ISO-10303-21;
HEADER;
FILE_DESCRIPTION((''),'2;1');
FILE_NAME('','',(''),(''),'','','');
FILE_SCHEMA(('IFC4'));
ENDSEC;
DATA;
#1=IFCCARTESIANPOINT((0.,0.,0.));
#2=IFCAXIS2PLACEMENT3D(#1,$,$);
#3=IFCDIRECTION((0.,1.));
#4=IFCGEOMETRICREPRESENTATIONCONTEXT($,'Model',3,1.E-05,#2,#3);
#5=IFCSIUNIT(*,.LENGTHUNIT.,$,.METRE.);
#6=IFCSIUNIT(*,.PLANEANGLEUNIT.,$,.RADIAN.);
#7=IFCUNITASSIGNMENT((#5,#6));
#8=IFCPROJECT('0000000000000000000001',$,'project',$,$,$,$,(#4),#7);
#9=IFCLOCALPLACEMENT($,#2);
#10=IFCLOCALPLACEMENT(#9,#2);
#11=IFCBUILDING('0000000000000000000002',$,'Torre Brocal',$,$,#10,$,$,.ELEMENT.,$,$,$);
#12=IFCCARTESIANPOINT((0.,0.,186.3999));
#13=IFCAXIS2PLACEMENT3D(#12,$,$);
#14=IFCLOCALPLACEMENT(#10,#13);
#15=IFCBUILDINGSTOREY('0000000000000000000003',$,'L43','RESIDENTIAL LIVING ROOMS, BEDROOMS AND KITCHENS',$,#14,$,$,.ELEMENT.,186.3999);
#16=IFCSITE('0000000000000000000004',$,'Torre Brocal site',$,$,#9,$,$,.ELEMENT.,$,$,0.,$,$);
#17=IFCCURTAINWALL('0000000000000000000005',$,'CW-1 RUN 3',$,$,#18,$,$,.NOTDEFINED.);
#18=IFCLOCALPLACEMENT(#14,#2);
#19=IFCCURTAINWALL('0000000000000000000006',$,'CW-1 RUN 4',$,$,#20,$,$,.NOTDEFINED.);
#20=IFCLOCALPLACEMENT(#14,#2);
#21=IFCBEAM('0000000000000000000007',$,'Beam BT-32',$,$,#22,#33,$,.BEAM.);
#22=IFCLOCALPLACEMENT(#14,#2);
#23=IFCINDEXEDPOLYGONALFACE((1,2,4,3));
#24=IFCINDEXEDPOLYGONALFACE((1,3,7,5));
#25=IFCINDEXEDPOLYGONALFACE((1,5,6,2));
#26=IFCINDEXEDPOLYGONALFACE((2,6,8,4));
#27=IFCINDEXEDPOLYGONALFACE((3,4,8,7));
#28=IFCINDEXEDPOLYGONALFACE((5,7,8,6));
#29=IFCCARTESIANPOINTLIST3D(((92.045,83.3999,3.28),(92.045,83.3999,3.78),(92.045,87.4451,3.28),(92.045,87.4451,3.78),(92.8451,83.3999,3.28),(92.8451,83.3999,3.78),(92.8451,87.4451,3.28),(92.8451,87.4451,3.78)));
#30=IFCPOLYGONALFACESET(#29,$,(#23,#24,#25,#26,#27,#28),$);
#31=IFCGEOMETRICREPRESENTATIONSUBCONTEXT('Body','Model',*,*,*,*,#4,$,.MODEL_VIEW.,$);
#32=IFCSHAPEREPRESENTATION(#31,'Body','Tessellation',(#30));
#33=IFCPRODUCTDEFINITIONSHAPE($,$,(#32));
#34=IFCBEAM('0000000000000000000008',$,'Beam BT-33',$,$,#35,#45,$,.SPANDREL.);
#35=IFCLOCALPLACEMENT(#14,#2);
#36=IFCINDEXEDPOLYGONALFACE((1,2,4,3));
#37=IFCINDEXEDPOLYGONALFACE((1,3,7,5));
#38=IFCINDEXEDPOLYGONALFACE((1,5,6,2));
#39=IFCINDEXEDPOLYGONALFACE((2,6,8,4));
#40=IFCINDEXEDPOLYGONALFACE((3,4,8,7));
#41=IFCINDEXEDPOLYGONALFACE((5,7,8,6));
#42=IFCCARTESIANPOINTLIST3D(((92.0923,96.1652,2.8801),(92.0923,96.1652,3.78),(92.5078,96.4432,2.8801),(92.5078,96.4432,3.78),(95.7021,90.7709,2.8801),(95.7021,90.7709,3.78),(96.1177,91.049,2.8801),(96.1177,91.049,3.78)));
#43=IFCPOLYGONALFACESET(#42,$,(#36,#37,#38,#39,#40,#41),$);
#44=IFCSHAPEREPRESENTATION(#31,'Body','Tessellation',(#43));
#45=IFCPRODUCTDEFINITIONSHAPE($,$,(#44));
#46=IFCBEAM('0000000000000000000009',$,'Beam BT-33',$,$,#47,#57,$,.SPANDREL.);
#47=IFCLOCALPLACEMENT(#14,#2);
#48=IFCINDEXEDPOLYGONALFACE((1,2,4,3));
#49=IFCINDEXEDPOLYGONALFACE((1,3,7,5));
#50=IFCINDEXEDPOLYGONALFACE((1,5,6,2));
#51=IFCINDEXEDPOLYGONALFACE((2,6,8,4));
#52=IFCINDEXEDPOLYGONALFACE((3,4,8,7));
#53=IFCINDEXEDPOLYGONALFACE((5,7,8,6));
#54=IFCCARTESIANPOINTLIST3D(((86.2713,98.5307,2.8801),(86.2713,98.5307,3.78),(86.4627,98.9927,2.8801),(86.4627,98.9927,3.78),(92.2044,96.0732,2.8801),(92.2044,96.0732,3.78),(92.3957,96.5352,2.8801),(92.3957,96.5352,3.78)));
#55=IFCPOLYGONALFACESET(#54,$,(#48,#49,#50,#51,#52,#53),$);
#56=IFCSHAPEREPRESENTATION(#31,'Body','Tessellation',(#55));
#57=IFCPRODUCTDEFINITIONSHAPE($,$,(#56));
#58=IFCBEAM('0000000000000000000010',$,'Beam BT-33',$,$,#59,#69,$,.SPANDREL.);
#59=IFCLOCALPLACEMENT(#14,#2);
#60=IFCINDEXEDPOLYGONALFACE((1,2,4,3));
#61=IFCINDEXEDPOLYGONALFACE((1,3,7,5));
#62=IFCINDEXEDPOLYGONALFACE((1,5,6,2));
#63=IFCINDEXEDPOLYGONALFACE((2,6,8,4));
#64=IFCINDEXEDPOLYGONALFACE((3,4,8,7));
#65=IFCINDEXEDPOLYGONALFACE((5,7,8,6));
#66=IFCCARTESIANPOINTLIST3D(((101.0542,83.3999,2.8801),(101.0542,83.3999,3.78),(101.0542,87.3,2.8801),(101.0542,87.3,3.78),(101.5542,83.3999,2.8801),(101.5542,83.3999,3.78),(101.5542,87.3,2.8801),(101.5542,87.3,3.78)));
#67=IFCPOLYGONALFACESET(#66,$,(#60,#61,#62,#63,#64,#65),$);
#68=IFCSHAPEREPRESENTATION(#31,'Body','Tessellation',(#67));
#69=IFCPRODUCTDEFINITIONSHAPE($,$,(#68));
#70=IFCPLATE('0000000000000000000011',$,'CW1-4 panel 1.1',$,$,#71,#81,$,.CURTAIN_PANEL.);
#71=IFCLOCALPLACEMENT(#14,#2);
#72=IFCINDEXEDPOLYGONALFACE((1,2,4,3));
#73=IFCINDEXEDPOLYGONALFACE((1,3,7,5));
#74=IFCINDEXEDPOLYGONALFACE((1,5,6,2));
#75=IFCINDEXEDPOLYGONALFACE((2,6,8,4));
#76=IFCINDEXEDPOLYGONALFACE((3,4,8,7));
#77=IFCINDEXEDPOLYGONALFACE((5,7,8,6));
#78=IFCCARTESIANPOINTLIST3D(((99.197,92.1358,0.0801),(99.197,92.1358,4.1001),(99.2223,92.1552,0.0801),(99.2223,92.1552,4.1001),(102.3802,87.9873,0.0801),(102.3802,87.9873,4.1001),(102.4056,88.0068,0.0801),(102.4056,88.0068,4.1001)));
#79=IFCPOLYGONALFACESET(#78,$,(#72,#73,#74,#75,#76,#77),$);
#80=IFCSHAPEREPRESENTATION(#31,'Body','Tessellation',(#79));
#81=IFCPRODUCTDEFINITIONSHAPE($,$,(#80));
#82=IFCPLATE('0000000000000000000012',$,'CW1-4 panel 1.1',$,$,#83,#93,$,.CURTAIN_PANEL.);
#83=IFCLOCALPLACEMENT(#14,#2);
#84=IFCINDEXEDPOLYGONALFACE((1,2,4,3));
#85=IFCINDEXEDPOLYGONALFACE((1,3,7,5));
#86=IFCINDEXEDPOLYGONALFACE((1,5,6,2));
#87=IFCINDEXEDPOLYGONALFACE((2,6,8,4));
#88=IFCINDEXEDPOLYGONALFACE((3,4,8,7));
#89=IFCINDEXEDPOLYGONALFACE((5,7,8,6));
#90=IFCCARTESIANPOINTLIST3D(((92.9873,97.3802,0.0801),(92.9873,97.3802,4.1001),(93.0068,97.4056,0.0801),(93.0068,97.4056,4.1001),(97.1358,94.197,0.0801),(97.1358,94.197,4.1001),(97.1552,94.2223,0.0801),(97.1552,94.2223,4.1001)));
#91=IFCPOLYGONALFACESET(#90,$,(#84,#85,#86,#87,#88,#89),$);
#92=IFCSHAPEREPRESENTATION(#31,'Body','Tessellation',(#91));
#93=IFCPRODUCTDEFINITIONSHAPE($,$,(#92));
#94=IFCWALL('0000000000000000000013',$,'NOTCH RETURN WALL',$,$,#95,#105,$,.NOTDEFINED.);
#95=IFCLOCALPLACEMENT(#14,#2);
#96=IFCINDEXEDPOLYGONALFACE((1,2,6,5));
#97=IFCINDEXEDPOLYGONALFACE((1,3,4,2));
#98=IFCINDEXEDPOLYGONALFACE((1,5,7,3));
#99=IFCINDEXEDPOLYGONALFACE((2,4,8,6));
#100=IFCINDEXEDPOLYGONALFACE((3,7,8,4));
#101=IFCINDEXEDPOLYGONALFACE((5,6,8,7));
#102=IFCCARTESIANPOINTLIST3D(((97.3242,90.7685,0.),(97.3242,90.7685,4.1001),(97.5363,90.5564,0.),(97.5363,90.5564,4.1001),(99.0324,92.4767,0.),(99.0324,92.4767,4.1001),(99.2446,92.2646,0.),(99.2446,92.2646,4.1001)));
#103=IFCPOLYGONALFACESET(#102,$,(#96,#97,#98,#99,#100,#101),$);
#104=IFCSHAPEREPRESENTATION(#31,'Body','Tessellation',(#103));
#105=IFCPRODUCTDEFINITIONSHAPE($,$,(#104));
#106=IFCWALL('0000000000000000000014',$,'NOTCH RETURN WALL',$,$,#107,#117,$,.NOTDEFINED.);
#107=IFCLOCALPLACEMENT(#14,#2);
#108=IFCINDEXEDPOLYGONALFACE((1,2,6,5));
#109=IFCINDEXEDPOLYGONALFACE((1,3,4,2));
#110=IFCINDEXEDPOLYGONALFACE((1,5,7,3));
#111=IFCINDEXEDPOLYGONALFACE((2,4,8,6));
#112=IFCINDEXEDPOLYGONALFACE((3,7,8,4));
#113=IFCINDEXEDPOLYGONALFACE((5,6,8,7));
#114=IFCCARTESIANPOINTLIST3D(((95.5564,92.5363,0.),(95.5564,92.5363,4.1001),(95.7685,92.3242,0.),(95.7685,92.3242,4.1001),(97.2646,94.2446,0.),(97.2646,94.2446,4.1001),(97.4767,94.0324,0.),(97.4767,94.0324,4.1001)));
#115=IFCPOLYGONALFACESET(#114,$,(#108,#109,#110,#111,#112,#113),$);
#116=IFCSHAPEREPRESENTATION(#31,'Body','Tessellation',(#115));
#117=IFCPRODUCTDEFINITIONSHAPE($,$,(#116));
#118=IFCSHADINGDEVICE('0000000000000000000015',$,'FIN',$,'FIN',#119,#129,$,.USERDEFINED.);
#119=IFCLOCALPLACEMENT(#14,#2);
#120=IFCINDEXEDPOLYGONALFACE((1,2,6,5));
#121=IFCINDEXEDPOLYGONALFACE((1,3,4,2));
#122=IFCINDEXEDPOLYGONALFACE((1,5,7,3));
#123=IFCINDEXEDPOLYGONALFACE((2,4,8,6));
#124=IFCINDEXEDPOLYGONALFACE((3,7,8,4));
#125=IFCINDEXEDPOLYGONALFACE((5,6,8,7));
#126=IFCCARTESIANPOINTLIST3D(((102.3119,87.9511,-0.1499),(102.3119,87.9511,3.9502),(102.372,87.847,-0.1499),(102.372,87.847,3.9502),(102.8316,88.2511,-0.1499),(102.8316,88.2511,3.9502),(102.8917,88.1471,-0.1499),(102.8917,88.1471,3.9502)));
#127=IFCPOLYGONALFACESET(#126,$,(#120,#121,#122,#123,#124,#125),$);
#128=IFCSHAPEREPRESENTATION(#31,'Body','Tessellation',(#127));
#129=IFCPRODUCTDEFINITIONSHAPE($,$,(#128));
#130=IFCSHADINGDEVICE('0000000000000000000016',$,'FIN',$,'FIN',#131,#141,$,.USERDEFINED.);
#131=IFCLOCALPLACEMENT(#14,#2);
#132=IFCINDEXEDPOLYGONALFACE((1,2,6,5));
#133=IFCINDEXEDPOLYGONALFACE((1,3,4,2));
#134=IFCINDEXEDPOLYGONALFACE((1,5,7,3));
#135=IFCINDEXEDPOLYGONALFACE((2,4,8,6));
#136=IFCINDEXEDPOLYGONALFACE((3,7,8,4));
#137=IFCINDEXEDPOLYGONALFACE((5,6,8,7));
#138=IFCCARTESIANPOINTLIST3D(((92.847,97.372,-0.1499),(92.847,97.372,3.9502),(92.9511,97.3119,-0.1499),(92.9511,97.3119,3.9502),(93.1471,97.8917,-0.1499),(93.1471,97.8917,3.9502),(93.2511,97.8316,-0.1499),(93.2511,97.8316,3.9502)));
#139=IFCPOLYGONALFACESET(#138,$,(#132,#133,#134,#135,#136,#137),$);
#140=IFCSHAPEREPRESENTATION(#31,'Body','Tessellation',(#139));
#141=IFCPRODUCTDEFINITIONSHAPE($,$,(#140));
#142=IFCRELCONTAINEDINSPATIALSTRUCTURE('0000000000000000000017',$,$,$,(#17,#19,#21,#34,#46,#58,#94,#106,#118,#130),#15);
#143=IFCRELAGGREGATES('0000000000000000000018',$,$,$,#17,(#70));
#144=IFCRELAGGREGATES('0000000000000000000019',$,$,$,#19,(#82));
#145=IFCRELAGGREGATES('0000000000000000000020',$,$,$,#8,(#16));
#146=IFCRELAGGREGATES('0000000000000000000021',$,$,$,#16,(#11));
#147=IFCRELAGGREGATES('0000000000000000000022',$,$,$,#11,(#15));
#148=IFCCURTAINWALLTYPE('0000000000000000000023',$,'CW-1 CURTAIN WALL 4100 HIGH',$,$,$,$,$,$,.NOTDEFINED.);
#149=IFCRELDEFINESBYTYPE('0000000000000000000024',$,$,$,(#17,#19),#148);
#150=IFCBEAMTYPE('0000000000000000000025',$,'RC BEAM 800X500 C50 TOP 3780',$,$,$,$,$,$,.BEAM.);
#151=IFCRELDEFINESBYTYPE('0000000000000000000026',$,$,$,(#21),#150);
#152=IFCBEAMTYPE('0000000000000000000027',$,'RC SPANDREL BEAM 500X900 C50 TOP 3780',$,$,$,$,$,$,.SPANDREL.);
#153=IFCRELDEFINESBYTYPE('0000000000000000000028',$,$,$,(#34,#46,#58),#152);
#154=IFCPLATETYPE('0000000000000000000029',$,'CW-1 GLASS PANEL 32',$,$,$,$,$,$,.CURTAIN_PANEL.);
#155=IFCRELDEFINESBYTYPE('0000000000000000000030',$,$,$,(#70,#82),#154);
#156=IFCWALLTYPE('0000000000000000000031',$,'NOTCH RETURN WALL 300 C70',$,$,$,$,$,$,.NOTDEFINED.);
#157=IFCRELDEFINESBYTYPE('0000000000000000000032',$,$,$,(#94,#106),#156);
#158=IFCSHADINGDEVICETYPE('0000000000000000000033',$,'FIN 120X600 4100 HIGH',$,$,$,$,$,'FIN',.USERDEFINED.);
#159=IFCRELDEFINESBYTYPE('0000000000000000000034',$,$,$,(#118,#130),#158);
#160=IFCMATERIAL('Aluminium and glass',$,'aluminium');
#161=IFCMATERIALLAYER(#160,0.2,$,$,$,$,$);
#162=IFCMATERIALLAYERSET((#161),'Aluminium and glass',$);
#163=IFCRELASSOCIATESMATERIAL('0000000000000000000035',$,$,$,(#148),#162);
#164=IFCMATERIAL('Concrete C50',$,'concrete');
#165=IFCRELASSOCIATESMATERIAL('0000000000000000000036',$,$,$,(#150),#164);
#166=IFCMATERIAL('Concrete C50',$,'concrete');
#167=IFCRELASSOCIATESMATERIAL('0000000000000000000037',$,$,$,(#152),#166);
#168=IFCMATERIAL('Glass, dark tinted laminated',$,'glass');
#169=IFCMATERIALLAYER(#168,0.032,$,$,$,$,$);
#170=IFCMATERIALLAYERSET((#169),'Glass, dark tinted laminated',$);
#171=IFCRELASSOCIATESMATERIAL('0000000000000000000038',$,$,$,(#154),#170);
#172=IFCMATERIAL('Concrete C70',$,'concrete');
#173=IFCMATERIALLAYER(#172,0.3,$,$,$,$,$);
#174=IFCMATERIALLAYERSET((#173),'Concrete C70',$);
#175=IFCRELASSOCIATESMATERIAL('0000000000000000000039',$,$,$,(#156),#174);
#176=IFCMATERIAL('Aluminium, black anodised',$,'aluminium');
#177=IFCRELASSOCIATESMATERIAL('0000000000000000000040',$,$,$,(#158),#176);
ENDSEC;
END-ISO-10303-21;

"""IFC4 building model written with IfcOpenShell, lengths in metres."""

from ifc_helpers import new_model, si_unit, direction, frame, frame_2d, origin, origin_2d, place, context, subcontext, project, spatial, rectangle, extrude, material, layer, layer_set, material_profile, profile_set, type_object, element, aggregate, save


model = new_model("IFC4")

# Units and contexts
model_context = context("Model", 3, precision=1e-05, world=origin(), true_north=direction((0.0, 1.0)))
body_context = subcontext(model_context, "Body", "Model", "MODEL_VIEW")
ifc_project = project(units=[si_unit("LENGTHUNIT", "METRE"), si_unit("PLANEANGLEUNIT", "RADIAN")], contexts=[model_context])

# Site, building, storey
site_placement = place(None, origin())
site = spatial("IfcSite", under=ifc_project, at=site_placement, Name="Torre Brocal site", CompositionType="ELEMENT", RefElevation=0.0)
building_placement = place(site_placement, origin())
building = spatial("IfcBuilding", under=site, at=building_placement, Name="Torre Brocal", CompositionType="ELEMENT")
storey_placement = place(building_placement, frame((0.0, 0.0, 186.3999)))
storey = spatial("IfcBuildingStorey", under=building, at=storey_placement, Name="L43", Description="RESIDENTIAL LIVING ROOMS, BEDROOMS AND KITCHENS", CompositionType="ELEMENT", Elevation=186.3999)

# Shared definitions
ifc_material_1 = material(Name="Aluminium and glass", Category="aluminium")
ifc_layer_1 = layer(ifc_material_1, 0.2)
ifc_layer_set_1 = layer_set([ifc_layer_1], Name="Aluminium and glass")
curtain_wall_type = type_object("IfcCurtainWallType", Name="CW-1 CURTAIN WALL 4100 HIGH", PredefinedType="NOTDEFINED", material=ifc_layer_set_1)

# Curtain walls
curtain_wall_1_placement = place(storey_placement, origin())
curtain_wall_1 = element("IfcCurtainWall", 1, at=curtain_wall_1_placement, inside=storey, type_object=curtain_wall_type, Name="CW-1 RUN 3", PredefinedType="NOTDEFINED")
curtain_wall_2_placement = place(storey_placement, origin())
curtain_wall_2 = element("IfcCurtainWall", 2, at=curtain_wall_2_placement, inside=storey, type_object=curtain_wall_type, Name="CW-1 RUN 4", PredefinedType="NOTDEFINED")

# Beams
ifc_material_2 = material(Name="Concrete C50", Category="concrete")
ifc_material_profile_1 = material_profile(ifc_material_2, rectangle(XDim=0.8, YDim=0.5, at=origin_2d()), Name="RC 800X500")
ifc_profile_set_1 = profile_set([ifc_material_profile_1], Name="Concrete C50")
beam_type_1 = type_object("IfcBeamType", Name="RC BEAM 800X500 C50 TOP 3780", PredefinedType="BEAM", material=ifc_profile_set_1)
beam_1_placement = place(storey_placement, frame((92.4451, 87.4451, 3.53), z_axis=(0.0, -1.0, 0.0), x_axis=(1.0, 0.0, 0.0)))
element("IfcBeam", 3, at=beam_1_placement, inside=storey, type_object=beam_type_1, Name="Beam BT-32", PredefinedType="BEAM", context=body_context, shape_type="SweptSolid", body=[
    extrude(rectangle(XDim=0.8, YDim=0.5, at=origin_2d()), origin(), (0.0, 0.0, 1.0), 4.0452),
])
ifc_material_3 = material(Name="Concrete C50", Category="concrete")
ifc_material_profile_2 = material_profile(ifc_material_3, rectangle(XDim=0.5, YDim=0.8999, at=origin_2d()), Name="RC 500X900")
ifc_profile_set_2 = profile_set([ifc_material_profile_2], Name="Concrete C50")
beam_type_2 = type_object("IfcBeamType", Name="RC SPANDREL BEAM 500X900 C50 TOP 3780", PredefinedType="SPANDREL", material=ifc_profile_set_2)
beam_2_placement = place(storey_placement, frame((95.9099, 90.9099, 3.3301), z_axis=(-0.556158, 0.831077, 0.0), x_axis=(-0.831077, -0.556158, 0.0)))
element("IfcBeam", 4, at=beam_2_placement, inside=storey, type_object=beam_type_2, Name="Beam BT-33", PredefinedType="SPANDREL", context=body_context, shape_type="SweptSolid", body=[
    extrude(rectangle(XDim=0.5, YDim=0.8999, at=origin_2d()), origin(), (0.0, 0.0, 1.0), 6.4907),
])
beam_3_placement = place(storey_placement, frame((92.3, 96.3042, 3.3301), z_axis=(-0.923882, 0.382676, 0.0), x_axis=(-0.382676, -0.923882, 0.0)))
element("IfcBeam", 5, at=beam_3_placement, inside=storey, type_object=beam_type_2, Name="Beam BT-33", PredefinedType="SPANDREL", context=body_context, shape_type="SweptSolid", body=[
    extrude(rectangle(XDim=0.5, YDim=0.8999, at=origin_2d()), origin(), (0.0, 0.0, 1.0), 6.4219),
])
beam_4_placement = place(storey_placement, frame((101.3042, 87.3, 3.3301), z_axis=(0.0, -1.0, 0.0), x_axis=(1.0, 0.0, 0.0)))
element("IfcBeam", 6, at=beam_4_placement, inside=storey, type_object=beam_type_2, Name="Beam BT-33", PredefinedType="SPANDREL", context=body_context, shape_type="SweptSolid", body=[
    extrude(rectangle(XDim=0.5, YDim=0.8999, at=origin_2d()), origin(), (0.0, 0.0, 1.0), 3.9001),
])

# Plates
ifc_material_4 = material(Name="Glass, dark tinted laminated", Category="glass")
ifc_layer_2 = layer(ifc_material_4, 0.032)
ifc_layer_set_2 = layer_set([ifc_layer_2], Name="Glass, dark tinted laminated")
plate_type = type_object("IfcPlateType", Name="CW-1 GLASS PANEL 32", PredefinedType="CURTAIN_PANEL", material=ifc_layer_set_2)
plate_1_placement = place(storey_placement, frame((100.8013, 90.0713, 0.0801), z_axis=(0.0, 0.0, 1.0), x_axis=(-0.608761, 0.793353, 0.0)))
plate_1 = element("IfcPlate", 7, at=plate_1_placement, type_object=plate_type, Name="CW1-4 panel 1.1", PredefinedType="CURTAIN_PANEL", context=body_context, shape_type="SweptSolid", body=[
    extrude(rectangle(XDim=5.229, YDim=0.032, at=origin_2d()), origin(), (0.0, 0.0, 1.0), 4.02),
])
aggregate(curtain_wall_1, [plate_1])
plate_2_placement = place(storey_placement, frame((95.0713, 95.8013, 0.0801), z_axis=(0.0, 0.0, 1.0), x_axis=(-0.793353, 0.608761, 0.0)))
plate_2 = element("IfcPlate", 8, at=plate_2_placement, type_object=plate_type, Name="CW1-4 panel 1.1", PredefinedType="CURTAIN_PANEL", context=body_context, shape_type="SweptSolid", body=[
    extrude(rectangle(XDim=5.229, YDim=0.032, at=origin_2d()), origin(), (0.0, 0.0, 1.0), 4.02),
])
aggregate(curtain_wall_2, [plate_2])

# Walls
ifc_material_5 = material(Name="Concrete C70", Category="concrete")
ifc_layer_3 = layer(ifc_material_5, 0.3)
ifc_layer_set_3 = layer_set([ifc_layer_3], Name="Concrete C70")
wall_type = type_object("IfcWallType", Name="NOTCH RETURN WALL 300 C70", PredefinedType="NOTDEFINED", material=ifc_layer_set_3)
for number, where, z_axis, x_axis, name in (
    (9, (97.4302, 90.6624, 0.0), (0.0, 0.0, 1.0), (0.707107, 0.707107, 0.0), "NOTCH RETURN WALL"),
    (10, (95.6624, 92.4302, 0.0), (0.0, 0.0, 1.0), (0.707107, 0.707107, 0.0), "NOTCH RETURN WALL"),
):
    element("IfcWall", number, at=place(storey_placement, frame(where, z_axis=z_axis, x_axis=x_axis)), inside=storey, type_object=wall_type, Name=name, PredefinedType="NOTDEFINED", context=body_context, shape_type="SweptSolid", body=[
        extrude(rectangle(XDim=2.4158, YDim=0.3, at=frame_2d((1.208, 0.0))), origin(), (0.0, 0.0, 1.0), 4.1001),
    ])

# Shading devices
ifc_material_6 = material(Name="Aluminium, black anodised", Category="aluminium")
ifc_material_profile_3 = material_profile(ifc_material_6, rectangle(XDim=0.1201, YDim=0.6001, at=origin_2d()), Name="FIN 120X600 4100 HIGH")
ifc_profile_set_3 = profile_set([ifc_material_profile_3], Name="Aluminium, black anodised")
shading_device_type = type_object("IfcShadingDeviceType", Name="FIN 120X600 4100 HIGH", ElementType="FIN", PredefinedType="USERDEFINED", material=ifc_profile_set_3)
for number, where, z_axis, x_axis, name in (
    (11, (102.6018, 88.0491, -0.1499), (0.0, 0.0, 1.0), (-0.5, 0.866025, 0.0), "FIN"),
    (12, (93.0491, 97.6018, -0.1499), (0.0, 0.0, 1.0), (-0.866025, 0.5, 0.0), "FIN"),
):
    element("IfcShadingDevice", number, at=place(storey_placement, frame(where, z_axis=z_axis, x_axis=x_axis)), inside=storey, type_object=shading_device_type, Name=name, ObjectType="FIN", PredefinedType="USERDEFINED", context=body_context, shape_type="SweptSolid", body=[
        extrude(rectangle(XDim=0.1201, YDim=0.6001, at=origin_2d()), origin(), (0.0, 0.0, 1.0), 4.1001),
    ])

save(model, "model.ifc")
